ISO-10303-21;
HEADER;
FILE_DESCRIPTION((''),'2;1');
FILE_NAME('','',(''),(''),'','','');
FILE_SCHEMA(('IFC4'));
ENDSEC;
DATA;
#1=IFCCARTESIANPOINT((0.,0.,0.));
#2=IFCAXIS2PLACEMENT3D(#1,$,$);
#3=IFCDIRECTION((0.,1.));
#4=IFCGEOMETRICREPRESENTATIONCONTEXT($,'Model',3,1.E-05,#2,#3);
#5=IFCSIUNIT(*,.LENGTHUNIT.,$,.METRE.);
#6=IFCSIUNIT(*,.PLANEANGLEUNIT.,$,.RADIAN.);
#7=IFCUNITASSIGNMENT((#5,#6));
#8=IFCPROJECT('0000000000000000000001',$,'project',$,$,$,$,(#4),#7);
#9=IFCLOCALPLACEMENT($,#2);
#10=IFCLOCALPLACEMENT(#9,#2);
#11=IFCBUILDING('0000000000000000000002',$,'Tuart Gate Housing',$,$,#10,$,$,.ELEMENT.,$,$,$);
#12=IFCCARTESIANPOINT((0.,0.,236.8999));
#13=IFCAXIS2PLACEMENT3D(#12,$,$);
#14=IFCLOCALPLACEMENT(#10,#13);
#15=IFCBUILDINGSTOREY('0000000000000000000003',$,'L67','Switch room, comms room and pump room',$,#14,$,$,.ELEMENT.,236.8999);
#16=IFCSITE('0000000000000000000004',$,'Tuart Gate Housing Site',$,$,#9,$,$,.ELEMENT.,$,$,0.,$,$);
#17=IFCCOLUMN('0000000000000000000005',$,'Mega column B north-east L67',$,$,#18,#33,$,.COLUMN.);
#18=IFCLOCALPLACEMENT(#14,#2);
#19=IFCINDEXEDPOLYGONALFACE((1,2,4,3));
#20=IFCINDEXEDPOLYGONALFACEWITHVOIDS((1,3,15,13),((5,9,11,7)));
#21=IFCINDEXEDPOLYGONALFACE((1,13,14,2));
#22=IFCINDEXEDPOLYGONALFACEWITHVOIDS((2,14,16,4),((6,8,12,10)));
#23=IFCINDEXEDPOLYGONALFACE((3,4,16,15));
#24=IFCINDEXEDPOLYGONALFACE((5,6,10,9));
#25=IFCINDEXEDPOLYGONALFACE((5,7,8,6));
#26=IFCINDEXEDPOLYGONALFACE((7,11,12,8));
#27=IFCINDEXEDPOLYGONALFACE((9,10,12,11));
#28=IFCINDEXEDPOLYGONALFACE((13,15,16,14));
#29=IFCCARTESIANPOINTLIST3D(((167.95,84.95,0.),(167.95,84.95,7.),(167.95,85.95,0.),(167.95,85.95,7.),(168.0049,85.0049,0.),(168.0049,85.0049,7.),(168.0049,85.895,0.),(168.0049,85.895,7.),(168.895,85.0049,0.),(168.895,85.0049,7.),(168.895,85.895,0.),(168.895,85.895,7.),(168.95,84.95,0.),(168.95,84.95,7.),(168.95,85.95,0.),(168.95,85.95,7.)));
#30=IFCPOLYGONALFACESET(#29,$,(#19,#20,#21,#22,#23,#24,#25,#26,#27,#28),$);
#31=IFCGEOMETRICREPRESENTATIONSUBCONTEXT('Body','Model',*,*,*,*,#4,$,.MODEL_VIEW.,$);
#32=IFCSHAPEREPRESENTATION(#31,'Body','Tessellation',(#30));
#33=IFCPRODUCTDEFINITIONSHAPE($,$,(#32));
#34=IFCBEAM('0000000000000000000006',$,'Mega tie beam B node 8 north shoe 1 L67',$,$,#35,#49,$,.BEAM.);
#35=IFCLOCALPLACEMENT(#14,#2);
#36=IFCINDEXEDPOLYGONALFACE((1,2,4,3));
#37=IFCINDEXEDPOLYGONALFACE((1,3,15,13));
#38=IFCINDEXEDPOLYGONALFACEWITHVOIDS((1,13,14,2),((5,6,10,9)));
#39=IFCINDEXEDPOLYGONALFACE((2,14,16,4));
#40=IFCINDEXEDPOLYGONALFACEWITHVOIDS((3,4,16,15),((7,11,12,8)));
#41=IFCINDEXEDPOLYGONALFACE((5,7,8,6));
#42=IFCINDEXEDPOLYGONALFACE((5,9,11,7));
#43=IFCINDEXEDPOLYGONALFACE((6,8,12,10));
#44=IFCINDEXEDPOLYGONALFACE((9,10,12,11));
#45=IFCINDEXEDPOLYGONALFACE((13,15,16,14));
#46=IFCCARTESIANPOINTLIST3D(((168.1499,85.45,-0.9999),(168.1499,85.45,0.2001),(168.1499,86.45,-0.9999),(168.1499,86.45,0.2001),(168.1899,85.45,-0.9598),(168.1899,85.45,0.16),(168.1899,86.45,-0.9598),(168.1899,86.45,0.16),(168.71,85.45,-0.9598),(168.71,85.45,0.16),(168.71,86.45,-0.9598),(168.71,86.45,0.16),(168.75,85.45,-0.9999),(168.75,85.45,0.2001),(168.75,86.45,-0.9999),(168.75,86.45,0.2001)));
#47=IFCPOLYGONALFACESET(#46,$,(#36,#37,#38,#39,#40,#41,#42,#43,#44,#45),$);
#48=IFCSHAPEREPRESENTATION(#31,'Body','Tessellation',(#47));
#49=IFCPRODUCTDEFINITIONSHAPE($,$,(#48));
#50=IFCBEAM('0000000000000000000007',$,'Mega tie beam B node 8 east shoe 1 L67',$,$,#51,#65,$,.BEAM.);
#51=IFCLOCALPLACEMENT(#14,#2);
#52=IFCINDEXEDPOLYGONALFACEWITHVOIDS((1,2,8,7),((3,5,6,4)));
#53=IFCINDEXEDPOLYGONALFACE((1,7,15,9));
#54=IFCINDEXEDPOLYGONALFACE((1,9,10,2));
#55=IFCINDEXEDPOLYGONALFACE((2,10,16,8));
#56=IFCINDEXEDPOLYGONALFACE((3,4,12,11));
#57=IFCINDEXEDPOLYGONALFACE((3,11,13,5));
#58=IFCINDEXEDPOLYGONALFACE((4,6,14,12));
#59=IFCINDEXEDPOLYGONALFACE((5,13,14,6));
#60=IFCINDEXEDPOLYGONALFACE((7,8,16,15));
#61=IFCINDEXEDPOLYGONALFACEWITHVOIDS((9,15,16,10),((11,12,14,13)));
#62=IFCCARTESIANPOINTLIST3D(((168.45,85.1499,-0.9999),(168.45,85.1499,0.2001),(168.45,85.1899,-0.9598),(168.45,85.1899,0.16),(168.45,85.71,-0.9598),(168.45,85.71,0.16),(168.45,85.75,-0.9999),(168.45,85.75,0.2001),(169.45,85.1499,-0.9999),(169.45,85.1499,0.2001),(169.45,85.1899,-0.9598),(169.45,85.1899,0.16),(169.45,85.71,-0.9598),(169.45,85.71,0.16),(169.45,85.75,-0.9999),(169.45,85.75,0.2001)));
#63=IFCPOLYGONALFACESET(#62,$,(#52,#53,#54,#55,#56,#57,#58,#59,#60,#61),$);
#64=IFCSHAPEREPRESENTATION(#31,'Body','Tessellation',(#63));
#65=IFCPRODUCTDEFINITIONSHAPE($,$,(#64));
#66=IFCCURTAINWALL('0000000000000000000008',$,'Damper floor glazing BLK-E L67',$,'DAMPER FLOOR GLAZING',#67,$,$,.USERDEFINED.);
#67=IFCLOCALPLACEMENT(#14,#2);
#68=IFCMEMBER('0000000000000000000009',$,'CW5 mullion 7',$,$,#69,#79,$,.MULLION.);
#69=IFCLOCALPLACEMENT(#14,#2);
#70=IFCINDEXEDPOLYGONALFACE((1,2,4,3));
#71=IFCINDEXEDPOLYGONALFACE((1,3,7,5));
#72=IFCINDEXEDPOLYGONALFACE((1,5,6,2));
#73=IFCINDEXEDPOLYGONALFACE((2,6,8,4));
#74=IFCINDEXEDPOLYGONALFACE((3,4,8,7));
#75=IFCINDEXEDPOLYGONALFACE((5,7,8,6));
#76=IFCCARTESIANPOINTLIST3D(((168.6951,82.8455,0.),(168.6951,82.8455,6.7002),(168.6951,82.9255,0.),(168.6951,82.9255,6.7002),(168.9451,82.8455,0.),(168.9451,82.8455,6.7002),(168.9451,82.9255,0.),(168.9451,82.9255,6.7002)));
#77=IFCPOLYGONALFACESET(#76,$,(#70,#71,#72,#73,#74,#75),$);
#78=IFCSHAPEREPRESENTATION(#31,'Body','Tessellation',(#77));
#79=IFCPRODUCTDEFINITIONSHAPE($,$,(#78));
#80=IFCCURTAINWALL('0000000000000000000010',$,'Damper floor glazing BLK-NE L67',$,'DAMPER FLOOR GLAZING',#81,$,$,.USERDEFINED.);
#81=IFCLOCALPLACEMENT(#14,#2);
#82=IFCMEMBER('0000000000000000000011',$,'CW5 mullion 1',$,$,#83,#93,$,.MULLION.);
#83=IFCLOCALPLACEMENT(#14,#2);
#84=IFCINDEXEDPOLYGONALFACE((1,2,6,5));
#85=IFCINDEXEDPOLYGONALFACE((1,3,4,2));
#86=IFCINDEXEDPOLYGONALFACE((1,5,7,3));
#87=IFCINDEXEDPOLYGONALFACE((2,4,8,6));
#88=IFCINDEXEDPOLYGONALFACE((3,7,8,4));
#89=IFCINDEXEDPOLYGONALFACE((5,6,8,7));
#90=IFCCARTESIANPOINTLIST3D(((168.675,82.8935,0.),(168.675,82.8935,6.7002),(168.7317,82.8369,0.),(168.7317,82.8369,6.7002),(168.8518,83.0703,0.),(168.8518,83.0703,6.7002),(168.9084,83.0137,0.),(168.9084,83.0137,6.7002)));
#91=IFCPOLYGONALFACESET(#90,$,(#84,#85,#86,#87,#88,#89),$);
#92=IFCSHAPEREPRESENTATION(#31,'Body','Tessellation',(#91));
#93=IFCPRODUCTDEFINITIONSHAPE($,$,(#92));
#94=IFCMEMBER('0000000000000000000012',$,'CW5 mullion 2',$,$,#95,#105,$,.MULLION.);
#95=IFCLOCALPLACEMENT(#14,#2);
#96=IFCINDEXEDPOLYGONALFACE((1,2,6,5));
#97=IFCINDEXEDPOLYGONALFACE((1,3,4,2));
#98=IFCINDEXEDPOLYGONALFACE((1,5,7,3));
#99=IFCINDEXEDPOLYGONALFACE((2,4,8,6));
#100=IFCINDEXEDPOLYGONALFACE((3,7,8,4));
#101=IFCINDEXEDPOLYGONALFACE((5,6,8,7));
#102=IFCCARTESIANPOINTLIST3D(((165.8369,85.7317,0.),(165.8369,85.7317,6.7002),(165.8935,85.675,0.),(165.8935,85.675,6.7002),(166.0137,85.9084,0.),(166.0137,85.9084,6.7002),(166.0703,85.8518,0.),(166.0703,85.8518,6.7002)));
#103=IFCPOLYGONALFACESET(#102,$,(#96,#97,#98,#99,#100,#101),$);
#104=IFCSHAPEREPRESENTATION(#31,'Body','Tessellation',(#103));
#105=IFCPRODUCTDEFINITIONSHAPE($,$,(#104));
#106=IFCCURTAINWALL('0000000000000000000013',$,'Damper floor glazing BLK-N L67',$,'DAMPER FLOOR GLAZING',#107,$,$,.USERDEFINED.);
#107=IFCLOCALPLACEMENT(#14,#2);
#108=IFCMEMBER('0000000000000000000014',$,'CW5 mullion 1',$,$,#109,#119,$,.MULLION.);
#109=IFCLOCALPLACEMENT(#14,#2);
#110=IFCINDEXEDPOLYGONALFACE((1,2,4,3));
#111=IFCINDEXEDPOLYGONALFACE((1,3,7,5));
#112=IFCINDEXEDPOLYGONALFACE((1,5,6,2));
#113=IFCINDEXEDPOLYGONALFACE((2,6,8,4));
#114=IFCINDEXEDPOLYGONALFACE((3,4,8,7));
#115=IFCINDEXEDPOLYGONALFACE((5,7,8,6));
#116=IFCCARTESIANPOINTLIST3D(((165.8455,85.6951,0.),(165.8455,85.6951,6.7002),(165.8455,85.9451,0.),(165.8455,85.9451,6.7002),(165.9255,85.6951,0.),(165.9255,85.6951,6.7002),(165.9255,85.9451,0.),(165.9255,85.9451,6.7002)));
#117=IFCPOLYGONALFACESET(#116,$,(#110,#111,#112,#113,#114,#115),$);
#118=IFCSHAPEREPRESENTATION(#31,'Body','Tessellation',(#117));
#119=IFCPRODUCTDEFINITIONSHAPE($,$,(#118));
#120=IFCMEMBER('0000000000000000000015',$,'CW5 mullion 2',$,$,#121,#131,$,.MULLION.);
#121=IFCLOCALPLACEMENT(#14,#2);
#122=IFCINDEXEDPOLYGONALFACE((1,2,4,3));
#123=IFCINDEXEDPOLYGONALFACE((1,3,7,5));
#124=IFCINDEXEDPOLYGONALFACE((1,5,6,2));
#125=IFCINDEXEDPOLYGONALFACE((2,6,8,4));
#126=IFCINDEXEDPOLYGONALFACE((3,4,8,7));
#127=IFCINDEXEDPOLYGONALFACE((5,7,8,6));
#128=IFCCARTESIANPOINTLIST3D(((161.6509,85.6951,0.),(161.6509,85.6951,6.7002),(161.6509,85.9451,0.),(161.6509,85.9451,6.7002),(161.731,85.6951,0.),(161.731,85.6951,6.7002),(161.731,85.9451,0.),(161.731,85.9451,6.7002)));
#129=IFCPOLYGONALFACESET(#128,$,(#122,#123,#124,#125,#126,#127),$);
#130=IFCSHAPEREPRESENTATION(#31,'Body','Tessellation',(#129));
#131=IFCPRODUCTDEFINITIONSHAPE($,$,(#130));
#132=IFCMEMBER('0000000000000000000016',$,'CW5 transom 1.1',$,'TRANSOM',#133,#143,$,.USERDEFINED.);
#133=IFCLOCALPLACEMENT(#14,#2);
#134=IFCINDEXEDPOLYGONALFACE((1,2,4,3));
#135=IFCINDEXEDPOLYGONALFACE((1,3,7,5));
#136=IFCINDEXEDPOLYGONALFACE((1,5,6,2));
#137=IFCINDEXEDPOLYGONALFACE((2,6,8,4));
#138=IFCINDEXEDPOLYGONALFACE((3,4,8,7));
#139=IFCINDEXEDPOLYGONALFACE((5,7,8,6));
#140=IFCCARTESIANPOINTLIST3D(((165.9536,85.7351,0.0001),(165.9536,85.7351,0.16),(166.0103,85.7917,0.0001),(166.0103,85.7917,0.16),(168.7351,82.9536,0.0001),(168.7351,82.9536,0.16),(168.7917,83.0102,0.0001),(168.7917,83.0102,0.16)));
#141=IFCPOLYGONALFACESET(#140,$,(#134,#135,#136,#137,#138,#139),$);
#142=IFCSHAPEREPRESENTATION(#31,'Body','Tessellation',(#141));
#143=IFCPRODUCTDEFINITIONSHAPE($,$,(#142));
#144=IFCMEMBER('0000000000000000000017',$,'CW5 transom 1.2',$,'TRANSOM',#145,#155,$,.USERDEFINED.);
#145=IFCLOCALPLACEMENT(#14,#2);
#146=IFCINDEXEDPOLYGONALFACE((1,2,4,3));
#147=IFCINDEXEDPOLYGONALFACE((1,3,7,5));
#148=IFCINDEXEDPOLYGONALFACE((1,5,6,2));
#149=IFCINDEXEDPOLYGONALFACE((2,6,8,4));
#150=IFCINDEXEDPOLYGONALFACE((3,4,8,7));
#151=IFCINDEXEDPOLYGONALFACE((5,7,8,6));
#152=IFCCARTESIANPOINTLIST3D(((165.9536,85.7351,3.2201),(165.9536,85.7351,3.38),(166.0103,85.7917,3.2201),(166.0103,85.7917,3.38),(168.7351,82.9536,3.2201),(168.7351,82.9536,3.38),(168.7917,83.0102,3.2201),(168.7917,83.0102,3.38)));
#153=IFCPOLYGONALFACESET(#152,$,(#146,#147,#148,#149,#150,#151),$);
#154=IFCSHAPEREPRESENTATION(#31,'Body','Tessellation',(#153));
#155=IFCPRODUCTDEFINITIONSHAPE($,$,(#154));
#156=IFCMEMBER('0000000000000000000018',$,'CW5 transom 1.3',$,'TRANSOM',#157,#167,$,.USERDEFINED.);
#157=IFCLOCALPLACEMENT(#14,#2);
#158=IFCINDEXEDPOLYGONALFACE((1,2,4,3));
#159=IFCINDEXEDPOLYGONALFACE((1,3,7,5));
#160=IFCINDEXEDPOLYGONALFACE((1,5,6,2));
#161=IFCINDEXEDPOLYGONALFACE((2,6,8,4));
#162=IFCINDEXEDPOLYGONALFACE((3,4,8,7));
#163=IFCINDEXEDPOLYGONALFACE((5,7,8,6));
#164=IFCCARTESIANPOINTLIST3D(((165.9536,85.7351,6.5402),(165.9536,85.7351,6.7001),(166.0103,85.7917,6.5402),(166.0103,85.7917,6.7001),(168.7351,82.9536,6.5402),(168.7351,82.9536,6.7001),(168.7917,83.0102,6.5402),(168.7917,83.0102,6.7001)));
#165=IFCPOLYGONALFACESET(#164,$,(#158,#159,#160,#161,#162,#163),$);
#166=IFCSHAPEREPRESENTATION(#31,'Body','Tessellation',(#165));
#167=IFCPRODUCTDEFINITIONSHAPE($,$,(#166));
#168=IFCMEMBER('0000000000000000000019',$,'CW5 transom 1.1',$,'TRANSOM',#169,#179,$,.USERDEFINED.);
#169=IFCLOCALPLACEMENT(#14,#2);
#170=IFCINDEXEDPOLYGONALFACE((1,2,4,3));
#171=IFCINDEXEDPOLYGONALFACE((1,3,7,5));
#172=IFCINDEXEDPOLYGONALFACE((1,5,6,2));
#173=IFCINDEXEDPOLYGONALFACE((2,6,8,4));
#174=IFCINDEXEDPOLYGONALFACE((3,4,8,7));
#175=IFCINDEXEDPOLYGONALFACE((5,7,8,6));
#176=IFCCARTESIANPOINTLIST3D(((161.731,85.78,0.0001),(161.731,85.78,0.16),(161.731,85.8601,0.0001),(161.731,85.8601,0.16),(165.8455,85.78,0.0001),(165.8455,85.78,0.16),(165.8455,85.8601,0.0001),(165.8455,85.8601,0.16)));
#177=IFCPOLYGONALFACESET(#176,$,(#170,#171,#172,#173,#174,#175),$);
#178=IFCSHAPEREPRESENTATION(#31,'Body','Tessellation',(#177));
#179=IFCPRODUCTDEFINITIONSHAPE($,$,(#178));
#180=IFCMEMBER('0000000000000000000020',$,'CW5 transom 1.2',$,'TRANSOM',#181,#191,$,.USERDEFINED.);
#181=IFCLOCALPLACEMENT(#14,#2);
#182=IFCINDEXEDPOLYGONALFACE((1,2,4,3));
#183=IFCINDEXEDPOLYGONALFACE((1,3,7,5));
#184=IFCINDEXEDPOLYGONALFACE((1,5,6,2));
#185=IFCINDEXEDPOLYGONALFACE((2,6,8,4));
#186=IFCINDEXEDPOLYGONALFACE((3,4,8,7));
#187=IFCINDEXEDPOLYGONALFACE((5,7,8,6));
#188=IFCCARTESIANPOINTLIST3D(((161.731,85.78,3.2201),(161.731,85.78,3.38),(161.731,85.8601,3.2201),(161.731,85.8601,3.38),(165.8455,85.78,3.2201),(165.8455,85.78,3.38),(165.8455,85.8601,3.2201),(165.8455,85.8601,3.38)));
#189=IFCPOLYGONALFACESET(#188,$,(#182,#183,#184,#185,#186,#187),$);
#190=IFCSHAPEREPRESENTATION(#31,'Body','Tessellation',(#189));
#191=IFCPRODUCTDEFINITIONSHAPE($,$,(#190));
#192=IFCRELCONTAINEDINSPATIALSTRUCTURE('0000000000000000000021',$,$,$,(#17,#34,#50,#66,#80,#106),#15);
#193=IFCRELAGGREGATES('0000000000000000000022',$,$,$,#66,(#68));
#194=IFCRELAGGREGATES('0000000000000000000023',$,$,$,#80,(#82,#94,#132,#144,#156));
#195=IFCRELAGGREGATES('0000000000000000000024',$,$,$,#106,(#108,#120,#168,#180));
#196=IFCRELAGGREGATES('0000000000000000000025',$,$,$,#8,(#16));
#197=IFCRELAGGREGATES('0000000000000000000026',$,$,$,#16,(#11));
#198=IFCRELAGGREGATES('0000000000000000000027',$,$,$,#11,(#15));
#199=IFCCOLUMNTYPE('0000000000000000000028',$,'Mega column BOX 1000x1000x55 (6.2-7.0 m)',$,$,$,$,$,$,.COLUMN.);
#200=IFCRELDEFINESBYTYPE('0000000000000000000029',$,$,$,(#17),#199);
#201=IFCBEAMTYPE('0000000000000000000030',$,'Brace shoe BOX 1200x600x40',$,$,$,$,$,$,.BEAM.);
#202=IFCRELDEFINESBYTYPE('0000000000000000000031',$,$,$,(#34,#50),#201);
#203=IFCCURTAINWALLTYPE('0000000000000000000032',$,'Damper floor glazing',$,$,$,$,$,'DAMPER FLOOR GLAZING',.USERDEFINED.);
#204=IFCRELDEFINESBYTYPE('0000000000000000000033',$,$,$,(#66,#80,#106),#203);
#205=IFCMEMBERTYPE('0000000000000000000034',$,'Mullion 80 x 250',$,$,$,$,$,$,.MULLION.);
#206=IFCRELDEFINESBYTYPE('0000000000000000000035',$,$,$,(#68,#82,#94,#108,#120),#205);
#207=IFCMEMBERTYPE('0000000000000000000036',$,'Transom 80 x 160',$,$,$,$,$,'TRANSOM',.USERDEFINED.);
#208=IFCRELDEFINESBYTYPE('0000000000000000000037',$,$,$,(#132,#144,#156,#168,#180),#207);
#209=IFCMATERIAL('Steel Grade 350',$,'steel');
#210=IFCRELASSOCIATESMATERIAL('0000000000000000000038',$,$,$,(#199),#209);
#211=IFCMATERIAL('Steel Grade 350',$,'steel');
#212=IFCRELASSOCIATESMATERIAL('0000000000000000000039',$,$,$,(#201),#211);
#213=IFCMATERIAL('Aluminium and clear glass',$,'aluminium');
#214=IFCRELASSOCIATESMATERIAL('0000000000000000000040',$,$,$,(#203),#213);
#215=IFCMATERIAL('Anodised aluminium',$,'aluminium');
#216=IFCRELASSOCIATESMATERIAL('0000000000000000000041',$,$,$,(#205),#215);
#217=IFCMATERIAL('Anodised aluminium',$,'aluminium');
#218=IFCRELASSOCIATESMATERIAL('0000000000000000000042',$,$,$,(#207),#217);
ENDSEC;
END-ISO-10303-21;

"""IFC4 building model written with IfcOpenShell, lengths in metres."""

from ifc_helpers import new_model, si_unit, direction, frame, origin, origin_2d, place, context, subcontext, project, spatial, rectangle, hollow_rectangle, extrude, material, material_profile, profile_set, type_object, element, aggregate, save


model = new_model("IFC4")

# Units and contexts
model_context = context("Model", 3, precision=1e-05, world=origin(), true_north=direction((0.0, 1.0)))
body_context = subcontext(model_context, "Body", "Model", "MODEL_VIEW")
ifc_project = project(units=[si_unit("LENGTHUNIT", "METRE"), si_unit("PLANEANGLEUNIT", "RADIAN")], contexts=[model_context])

# Site, building, storey
site_placement = place(None, origin())
site = spatial("IfcSite", under=ifc_project, at=site_placement, Name="Tuart Gate Housing Site", CompositionType="ELEMENT", RefElevation=0.0)
building_placement = place(site_placement, origin())
building = spatial("IfcBuilding", under=site, at=building_placement, Name="Tuart Gate Housing", CompositionType="ELEMENT")
storey_placement = place(building_placement, frame((0.0, 0.0, 236.8999)))
storey = spatial("IfcBuildingStorey", under=building, at=storey_placement, Name="L67", Description="Switch room, comms room and pump room", CompositionType="ELEMENT", Elevation=236.8999)

# Column
ifc_material_1 = material(Name="Steel Grade 350", Category="steel")
ifc_material_profile_1 = material_profile(ifc_material_1, hollow_rectangle(XDim=1.0, YDim=1.0, WallThickness=0.0549, at=origin_2d()), Name="BOX 1000x1000x55")
ifc_profile_set_1 = profile_set([ifc_material_profile_1], Name="Steel Grade 350")
column_type = type_object("IfcColumnType", Name="Mega column BOX 1000x1000x55 (6.2-7.0 m)", PredefinedType="COLUMN", material=ifc_profile_set_1)
column_placement = place(storey_placement, frame((168.45, 85.45, 0.0), z_axis=(0.0, 0.0, 1.0), x_axis=(1.0, 0.0, 0.0)))
element("IfcColumn", 1, at=column_placement, inside=storey, type_object=column_type, Name="Mega column B north-east L67", PredefinedType="COLUMN", context=body_context, shape_type="SweptSolid", body=[
    extrude(hollow_rectangle(XDim=1.0, YDim=1.0, WallThickness=0.0549, at=origin_2d()), origin(), (0.0, 0.0, 1.0), 7.0),
])

# Beams
ifc_material_2 = material(Name="Steel Grade 350", Category="steel")
ifc_material_profile_2 = material_profile(ifc_material_2, hollow_rectangle(XDim=0.6001, YDim=1.2, WallThickness=0.04, at=origin_2d()), Name="BOX 1200x600x40")
ifc_profile_set_2 = profile_set([ifc_material_profile_2], Name="Steel Grade 350")
beam_type = type_object("IfcBeamType", Name="Brace shoe BOX 1200x600x40", PredefinedType="BEAM", material=ifc_profile_set_2)
for number, where, z_axis, x_axis, name in (
    (2, (168.45, 85.45, -0.3999), (0.0, 1.0, 0.0), (-1.0, 0.0, 0.0), "Mega tie beam B node 8 north shoe 1 L67"),
    (3, (168.45, 85.45, -0.3999), (1.0, 0.0, 0.0), (0.0, 1.0, 0.0), "Mega tie beam B node 8 east shoe 1 L67"),
):
    element("IfcBeam", number, at=place(storey_placement, frame(where, z_axis=z_axis, x_axis=x_axis)), inside=storey, type_object=beam_type, Name=name, PredefinedType="BEAM", context=body_context, shape_type="SweptSolid", body=[
        extrude(hollow_rectangle(XDim=0.6001, YDim=1.2, WallThickness=0.04, at=origin_2d()), origin(), (0.0, 0.0, 1.0), 1.0),
    ])

# Curtain wall, member
ifc_material_3 = material(Name="Aluminium and clear glass", Category="aluminium")
curtain_wall_type = type_object("IfcCurtainWallType", Name="Damper floor glazing", ElementType="DAMPER FLOOR GLAZING", PredefinedType="USERDEFINED", material=ifc_material_3)
curtain_wall_1_placement = place(storey_placement, origin())
curtain_wall_1 = element("IfcCurtainWall", 4, at=curtain_wall_1_placement, inside=storey, type_object=curtain_wall_type, Name="Damper floor glazing BLK-E L67", ObjectType="DAMPER FLOOR GLAZING", PredefinedType="USERDEFINED")
ifc_material_4 = material(Name="Anodised aluminium", Category="aluminium")
ifc_material_profile_3 = material_profile(ifc_material_4, rectangle(XDim=0.0801, YDim=0.25, at=origin_2d()), Name="80x250")
ifc_profile_set_3 = profile_set([ifc_material_profile_3], Name="Anodised aluminium")
member_type_1 = type_object("IfcMemberType", Name="Mullion 80 x 250", PredefinedType="MULLION", material=ifc_profile_set_3)
member_1_placement = place(storey_placement, frame((168.8201, 82.8855, 0.0), z_axis=(0.0, 0.0, 1.0), x_axis=(0.0, 1.0, 0.0)))
member_1 = element("IfcMember", 5, at=member_1_placement, type_object=member_type_1, Name="CW5 mullion 7", PredefinedType="MULLION", context=body_context, shape_type="SweptSolid", body=[
    extrude(rectangle(XDim=0.0801, YDim=0.25, at=origin_2d()), origin(), (0.0, 0.0, 1.0), 6.7002),
])

# Curtain walls, members
curtain_wall_2_placement = place(storey_placement, origin())
curtain_wall_2 = element("IfcCurtainWall", 6, at=curtain_wall_2_placement, inside=storey, type_object=curtain_wall_type, Name="Damper floor glazing BLK-NE L67", ObjectType="DAMPER FLOOR GLAZING", PredefinedType="USERDEFINED")
member_2_placement = place(storey_placement, frame((168.7917, 82.9536, 0.0), z_axis=(0.0, 0.0, 1.0), x_axis=(-0.707107, 0.707107, 0.0)))
member_2 = element("IfcMember", 7, at=member_2_placement, type_object=member_type_1, Name="CW5 mullion 1", PredefinedType="MULLION", context=body_context, shape_type="SweptSolid", body=[
    extrude(rectangle(XDim=0.0801, YDim=0.25, at=origin_2d()), origin(), (0.0, 0.0, 1.0), 6.7002),
])
member_3_placement = place(storey_placement, frame((165.9536, 85.7917, 0.0), z_axis=(0.0, 0.0, 1.0), x_axis=(-0.707107, 0.707107, 0.0)))
member_3 = element("IfcMember", 8, at=member_3_placement, type_object=member_type_1, Name="CW5 mullion 2", PredefinedType="MULLION", context=body_context, shape_type="SweptSolid", body=[
    extrude(rectangle(XDim=0.0801, YDim=0.25, at=origin_2d()), origin(), (0.0, 0.0, 1.0), 6.7002),
])
curtain_wall_3_placement = place(storey_placement, origin())
curtain_wall_3 = element("IfcCurtainWall", 9, at=curtain_wall_3_placement, inside=storey, type_object=curtain_wall_type, Name="Damper floor glazing BLK-N L67", ObjectType="DAMPER FLOOR GLAZING", PredefinedType="USERDEFINED")
member_4_placement = place(storey_placement, frame((165.8855, 85.8201, 0.0), z_axis=(0.0, 0.0, 1.0), x_axis=(-1.0, 0.0, 0.0)))
member_4 = element("IfcMember", 10, at=member_4_placement, type_object=member_type_1, Name="CW5 mullion 1", PredefinedType="MULLION", context=body_context, shape_type="SweptSolid", body=[
    extrude(rectangle(XDim=0.0801, YDim=0.25, at=origin_2d()), origin(), (0.0, 0.0, 1.0), 6.7002),
])
member_5_placement = place(storey_placement, frame((161.6909, 85.8201, 0.0), z_axis=(0.0, 0.0, 1.0), x_axis=(-1.0, 0.0, 0.0)))
member_5 = element("IfcMember", 11, at=member_5_placement, type_object=member_type_1, Name="CW5 mullion 2", PredefinedType="MULLION", context=body_context, shape_type="SweptSolid", body=[
    extrude(rectangle(XDim=0.0801, YDim=0.25, at=origin_2d()), origin(), (0.0, 0.0, 1.0), 6.7002),
])

# Members
ifc_material_5 = material(Name="Anodised aluminium", Category="aluminium")
ifc_material_profile_4 = material_profile(ifc_material_5, rectangle(XDim=0.0801, YDim=0.1599, at=origin_2d()), Name="80x160")
ifc_profile_set_4 = profile_set([ifc_material_profile_4], Name="Anodised aluminium")
member_type_2 = type_object("IfcMemberType", Name="Transom 80 x 160", ElementType="TRANSOM", PredefinedType="USERDEFINED", material=ifc_profile_set_4)
member_6_placement = place(storey_placement, frame((168.7634, 82.9819, 0.0801), z_axis=(-0.707107, 0.707107, 0.0), x_axis=(-0.707107, -0.707107, 0.0)))
member_6 = element("IfcMember", 12, at=member_6_placement, type_object=member_type_2, Name="CW5 transom 1.1", ObjectType="TRANSOM", PredefinedType="USERDEFINED", context=body_context, shape_type="SweptSolid", body=[
    extrude(rectangle(XDim=0.0801, YDim=0.1599, at=origin_2d()), origin(), (0.0, 0.0, 1.0), 3.9336),
])
member_7_placement = place(storey_placement, frame((168.7634, 82.9819, 3.3), z_axis=(-0.707107, 0.707107, 0.0), x_axis=(-0.707107, -0.707107, 0.0)))
member_7 = element("IfcMember", 13, at=member_7_placement, type_object=member_type_2, Name="CW5 transom 1.2", ObjectType="TRANSOM", PredefinedType="USERDEFINED", context=body_context, shape_type="SweptSolid", body=[
    extrude(rectangle(XDim=0.0801, YDim=0.1599, at=origin_2d()), origin(), (0.0, 0.0, 1.0), 3.9336),
])
member_8_placement = place(storey_placement, frame((168.7634, 82.9819, 6.6201), z_axis=(-0.707107, 0.707107, 0.0), x_axis=(-0.707107, -0.707107, 0.0)))
member_8 = element("IfcMember", 14, at=member_8_placement, type_object=member_type_2, Name="CW5 transom 1.3", ObjectType="TRANSOM", PredefinedType="USERDEFINED", context=body_context, shape_type="SweptSolid", body=[
    extrude(rectangle(XDim=0.0801, YDim=0.1599, at=origin_2d()), origin(), (0.0, 0.0, 1.0), 3.9336),
])
member_9_placement = place(storey_placement, frame((165.8455, 85.8201, 0.0801), z_axis=(-1.0, 0.0, 0.0), x_axis=(0.0, -1.0, 0.0)))
member_9 = element("IfcMember", 15, at=member_9_placement, type_object=member_type_2, Name="CW5 transom 1.1", ObjectType="TRANSOM", PredefinedType="USERDEFINED", context=body_context, shape_type="SweptSolid", body=[
    extrude(rectangle(XDim=0.0801, YDim=0.1599, at=origin_2d()), origin(), (0.0, 0.0, 1.0), 4.1145),
])
member_10_placement = place(storey_placement, frame((165.8455, 85.8201, 3.3), z_axis=(-1.0, 0.0, 0.0), x_axis=(0.0, -1.0, 0.0)))
member_10 = element("IfcMember", 16, at=member_10_placement, type_object=member_type_2, Name="CW5 transom 1.2", ObjectType="TRANSOM", PredefinedType="USERDEFINED", context=body_context, shape_type="SweptSolid", body=[
    extrude(rectangle(XDim=0.0801, YDim=0.1599, at=origin_2d()), origin(), (0.0, 0.0, 1.0), 4.1145),
])

aggregate(curtain_wall_1, [member_1])
aggregate(curtain_wall_2, [member_2, member_3, member_6, member_7, member_8])
aggregate(curtain_wall_3, [member_4, member_5, member_9, member_10])

save(model, "model.ifc")
